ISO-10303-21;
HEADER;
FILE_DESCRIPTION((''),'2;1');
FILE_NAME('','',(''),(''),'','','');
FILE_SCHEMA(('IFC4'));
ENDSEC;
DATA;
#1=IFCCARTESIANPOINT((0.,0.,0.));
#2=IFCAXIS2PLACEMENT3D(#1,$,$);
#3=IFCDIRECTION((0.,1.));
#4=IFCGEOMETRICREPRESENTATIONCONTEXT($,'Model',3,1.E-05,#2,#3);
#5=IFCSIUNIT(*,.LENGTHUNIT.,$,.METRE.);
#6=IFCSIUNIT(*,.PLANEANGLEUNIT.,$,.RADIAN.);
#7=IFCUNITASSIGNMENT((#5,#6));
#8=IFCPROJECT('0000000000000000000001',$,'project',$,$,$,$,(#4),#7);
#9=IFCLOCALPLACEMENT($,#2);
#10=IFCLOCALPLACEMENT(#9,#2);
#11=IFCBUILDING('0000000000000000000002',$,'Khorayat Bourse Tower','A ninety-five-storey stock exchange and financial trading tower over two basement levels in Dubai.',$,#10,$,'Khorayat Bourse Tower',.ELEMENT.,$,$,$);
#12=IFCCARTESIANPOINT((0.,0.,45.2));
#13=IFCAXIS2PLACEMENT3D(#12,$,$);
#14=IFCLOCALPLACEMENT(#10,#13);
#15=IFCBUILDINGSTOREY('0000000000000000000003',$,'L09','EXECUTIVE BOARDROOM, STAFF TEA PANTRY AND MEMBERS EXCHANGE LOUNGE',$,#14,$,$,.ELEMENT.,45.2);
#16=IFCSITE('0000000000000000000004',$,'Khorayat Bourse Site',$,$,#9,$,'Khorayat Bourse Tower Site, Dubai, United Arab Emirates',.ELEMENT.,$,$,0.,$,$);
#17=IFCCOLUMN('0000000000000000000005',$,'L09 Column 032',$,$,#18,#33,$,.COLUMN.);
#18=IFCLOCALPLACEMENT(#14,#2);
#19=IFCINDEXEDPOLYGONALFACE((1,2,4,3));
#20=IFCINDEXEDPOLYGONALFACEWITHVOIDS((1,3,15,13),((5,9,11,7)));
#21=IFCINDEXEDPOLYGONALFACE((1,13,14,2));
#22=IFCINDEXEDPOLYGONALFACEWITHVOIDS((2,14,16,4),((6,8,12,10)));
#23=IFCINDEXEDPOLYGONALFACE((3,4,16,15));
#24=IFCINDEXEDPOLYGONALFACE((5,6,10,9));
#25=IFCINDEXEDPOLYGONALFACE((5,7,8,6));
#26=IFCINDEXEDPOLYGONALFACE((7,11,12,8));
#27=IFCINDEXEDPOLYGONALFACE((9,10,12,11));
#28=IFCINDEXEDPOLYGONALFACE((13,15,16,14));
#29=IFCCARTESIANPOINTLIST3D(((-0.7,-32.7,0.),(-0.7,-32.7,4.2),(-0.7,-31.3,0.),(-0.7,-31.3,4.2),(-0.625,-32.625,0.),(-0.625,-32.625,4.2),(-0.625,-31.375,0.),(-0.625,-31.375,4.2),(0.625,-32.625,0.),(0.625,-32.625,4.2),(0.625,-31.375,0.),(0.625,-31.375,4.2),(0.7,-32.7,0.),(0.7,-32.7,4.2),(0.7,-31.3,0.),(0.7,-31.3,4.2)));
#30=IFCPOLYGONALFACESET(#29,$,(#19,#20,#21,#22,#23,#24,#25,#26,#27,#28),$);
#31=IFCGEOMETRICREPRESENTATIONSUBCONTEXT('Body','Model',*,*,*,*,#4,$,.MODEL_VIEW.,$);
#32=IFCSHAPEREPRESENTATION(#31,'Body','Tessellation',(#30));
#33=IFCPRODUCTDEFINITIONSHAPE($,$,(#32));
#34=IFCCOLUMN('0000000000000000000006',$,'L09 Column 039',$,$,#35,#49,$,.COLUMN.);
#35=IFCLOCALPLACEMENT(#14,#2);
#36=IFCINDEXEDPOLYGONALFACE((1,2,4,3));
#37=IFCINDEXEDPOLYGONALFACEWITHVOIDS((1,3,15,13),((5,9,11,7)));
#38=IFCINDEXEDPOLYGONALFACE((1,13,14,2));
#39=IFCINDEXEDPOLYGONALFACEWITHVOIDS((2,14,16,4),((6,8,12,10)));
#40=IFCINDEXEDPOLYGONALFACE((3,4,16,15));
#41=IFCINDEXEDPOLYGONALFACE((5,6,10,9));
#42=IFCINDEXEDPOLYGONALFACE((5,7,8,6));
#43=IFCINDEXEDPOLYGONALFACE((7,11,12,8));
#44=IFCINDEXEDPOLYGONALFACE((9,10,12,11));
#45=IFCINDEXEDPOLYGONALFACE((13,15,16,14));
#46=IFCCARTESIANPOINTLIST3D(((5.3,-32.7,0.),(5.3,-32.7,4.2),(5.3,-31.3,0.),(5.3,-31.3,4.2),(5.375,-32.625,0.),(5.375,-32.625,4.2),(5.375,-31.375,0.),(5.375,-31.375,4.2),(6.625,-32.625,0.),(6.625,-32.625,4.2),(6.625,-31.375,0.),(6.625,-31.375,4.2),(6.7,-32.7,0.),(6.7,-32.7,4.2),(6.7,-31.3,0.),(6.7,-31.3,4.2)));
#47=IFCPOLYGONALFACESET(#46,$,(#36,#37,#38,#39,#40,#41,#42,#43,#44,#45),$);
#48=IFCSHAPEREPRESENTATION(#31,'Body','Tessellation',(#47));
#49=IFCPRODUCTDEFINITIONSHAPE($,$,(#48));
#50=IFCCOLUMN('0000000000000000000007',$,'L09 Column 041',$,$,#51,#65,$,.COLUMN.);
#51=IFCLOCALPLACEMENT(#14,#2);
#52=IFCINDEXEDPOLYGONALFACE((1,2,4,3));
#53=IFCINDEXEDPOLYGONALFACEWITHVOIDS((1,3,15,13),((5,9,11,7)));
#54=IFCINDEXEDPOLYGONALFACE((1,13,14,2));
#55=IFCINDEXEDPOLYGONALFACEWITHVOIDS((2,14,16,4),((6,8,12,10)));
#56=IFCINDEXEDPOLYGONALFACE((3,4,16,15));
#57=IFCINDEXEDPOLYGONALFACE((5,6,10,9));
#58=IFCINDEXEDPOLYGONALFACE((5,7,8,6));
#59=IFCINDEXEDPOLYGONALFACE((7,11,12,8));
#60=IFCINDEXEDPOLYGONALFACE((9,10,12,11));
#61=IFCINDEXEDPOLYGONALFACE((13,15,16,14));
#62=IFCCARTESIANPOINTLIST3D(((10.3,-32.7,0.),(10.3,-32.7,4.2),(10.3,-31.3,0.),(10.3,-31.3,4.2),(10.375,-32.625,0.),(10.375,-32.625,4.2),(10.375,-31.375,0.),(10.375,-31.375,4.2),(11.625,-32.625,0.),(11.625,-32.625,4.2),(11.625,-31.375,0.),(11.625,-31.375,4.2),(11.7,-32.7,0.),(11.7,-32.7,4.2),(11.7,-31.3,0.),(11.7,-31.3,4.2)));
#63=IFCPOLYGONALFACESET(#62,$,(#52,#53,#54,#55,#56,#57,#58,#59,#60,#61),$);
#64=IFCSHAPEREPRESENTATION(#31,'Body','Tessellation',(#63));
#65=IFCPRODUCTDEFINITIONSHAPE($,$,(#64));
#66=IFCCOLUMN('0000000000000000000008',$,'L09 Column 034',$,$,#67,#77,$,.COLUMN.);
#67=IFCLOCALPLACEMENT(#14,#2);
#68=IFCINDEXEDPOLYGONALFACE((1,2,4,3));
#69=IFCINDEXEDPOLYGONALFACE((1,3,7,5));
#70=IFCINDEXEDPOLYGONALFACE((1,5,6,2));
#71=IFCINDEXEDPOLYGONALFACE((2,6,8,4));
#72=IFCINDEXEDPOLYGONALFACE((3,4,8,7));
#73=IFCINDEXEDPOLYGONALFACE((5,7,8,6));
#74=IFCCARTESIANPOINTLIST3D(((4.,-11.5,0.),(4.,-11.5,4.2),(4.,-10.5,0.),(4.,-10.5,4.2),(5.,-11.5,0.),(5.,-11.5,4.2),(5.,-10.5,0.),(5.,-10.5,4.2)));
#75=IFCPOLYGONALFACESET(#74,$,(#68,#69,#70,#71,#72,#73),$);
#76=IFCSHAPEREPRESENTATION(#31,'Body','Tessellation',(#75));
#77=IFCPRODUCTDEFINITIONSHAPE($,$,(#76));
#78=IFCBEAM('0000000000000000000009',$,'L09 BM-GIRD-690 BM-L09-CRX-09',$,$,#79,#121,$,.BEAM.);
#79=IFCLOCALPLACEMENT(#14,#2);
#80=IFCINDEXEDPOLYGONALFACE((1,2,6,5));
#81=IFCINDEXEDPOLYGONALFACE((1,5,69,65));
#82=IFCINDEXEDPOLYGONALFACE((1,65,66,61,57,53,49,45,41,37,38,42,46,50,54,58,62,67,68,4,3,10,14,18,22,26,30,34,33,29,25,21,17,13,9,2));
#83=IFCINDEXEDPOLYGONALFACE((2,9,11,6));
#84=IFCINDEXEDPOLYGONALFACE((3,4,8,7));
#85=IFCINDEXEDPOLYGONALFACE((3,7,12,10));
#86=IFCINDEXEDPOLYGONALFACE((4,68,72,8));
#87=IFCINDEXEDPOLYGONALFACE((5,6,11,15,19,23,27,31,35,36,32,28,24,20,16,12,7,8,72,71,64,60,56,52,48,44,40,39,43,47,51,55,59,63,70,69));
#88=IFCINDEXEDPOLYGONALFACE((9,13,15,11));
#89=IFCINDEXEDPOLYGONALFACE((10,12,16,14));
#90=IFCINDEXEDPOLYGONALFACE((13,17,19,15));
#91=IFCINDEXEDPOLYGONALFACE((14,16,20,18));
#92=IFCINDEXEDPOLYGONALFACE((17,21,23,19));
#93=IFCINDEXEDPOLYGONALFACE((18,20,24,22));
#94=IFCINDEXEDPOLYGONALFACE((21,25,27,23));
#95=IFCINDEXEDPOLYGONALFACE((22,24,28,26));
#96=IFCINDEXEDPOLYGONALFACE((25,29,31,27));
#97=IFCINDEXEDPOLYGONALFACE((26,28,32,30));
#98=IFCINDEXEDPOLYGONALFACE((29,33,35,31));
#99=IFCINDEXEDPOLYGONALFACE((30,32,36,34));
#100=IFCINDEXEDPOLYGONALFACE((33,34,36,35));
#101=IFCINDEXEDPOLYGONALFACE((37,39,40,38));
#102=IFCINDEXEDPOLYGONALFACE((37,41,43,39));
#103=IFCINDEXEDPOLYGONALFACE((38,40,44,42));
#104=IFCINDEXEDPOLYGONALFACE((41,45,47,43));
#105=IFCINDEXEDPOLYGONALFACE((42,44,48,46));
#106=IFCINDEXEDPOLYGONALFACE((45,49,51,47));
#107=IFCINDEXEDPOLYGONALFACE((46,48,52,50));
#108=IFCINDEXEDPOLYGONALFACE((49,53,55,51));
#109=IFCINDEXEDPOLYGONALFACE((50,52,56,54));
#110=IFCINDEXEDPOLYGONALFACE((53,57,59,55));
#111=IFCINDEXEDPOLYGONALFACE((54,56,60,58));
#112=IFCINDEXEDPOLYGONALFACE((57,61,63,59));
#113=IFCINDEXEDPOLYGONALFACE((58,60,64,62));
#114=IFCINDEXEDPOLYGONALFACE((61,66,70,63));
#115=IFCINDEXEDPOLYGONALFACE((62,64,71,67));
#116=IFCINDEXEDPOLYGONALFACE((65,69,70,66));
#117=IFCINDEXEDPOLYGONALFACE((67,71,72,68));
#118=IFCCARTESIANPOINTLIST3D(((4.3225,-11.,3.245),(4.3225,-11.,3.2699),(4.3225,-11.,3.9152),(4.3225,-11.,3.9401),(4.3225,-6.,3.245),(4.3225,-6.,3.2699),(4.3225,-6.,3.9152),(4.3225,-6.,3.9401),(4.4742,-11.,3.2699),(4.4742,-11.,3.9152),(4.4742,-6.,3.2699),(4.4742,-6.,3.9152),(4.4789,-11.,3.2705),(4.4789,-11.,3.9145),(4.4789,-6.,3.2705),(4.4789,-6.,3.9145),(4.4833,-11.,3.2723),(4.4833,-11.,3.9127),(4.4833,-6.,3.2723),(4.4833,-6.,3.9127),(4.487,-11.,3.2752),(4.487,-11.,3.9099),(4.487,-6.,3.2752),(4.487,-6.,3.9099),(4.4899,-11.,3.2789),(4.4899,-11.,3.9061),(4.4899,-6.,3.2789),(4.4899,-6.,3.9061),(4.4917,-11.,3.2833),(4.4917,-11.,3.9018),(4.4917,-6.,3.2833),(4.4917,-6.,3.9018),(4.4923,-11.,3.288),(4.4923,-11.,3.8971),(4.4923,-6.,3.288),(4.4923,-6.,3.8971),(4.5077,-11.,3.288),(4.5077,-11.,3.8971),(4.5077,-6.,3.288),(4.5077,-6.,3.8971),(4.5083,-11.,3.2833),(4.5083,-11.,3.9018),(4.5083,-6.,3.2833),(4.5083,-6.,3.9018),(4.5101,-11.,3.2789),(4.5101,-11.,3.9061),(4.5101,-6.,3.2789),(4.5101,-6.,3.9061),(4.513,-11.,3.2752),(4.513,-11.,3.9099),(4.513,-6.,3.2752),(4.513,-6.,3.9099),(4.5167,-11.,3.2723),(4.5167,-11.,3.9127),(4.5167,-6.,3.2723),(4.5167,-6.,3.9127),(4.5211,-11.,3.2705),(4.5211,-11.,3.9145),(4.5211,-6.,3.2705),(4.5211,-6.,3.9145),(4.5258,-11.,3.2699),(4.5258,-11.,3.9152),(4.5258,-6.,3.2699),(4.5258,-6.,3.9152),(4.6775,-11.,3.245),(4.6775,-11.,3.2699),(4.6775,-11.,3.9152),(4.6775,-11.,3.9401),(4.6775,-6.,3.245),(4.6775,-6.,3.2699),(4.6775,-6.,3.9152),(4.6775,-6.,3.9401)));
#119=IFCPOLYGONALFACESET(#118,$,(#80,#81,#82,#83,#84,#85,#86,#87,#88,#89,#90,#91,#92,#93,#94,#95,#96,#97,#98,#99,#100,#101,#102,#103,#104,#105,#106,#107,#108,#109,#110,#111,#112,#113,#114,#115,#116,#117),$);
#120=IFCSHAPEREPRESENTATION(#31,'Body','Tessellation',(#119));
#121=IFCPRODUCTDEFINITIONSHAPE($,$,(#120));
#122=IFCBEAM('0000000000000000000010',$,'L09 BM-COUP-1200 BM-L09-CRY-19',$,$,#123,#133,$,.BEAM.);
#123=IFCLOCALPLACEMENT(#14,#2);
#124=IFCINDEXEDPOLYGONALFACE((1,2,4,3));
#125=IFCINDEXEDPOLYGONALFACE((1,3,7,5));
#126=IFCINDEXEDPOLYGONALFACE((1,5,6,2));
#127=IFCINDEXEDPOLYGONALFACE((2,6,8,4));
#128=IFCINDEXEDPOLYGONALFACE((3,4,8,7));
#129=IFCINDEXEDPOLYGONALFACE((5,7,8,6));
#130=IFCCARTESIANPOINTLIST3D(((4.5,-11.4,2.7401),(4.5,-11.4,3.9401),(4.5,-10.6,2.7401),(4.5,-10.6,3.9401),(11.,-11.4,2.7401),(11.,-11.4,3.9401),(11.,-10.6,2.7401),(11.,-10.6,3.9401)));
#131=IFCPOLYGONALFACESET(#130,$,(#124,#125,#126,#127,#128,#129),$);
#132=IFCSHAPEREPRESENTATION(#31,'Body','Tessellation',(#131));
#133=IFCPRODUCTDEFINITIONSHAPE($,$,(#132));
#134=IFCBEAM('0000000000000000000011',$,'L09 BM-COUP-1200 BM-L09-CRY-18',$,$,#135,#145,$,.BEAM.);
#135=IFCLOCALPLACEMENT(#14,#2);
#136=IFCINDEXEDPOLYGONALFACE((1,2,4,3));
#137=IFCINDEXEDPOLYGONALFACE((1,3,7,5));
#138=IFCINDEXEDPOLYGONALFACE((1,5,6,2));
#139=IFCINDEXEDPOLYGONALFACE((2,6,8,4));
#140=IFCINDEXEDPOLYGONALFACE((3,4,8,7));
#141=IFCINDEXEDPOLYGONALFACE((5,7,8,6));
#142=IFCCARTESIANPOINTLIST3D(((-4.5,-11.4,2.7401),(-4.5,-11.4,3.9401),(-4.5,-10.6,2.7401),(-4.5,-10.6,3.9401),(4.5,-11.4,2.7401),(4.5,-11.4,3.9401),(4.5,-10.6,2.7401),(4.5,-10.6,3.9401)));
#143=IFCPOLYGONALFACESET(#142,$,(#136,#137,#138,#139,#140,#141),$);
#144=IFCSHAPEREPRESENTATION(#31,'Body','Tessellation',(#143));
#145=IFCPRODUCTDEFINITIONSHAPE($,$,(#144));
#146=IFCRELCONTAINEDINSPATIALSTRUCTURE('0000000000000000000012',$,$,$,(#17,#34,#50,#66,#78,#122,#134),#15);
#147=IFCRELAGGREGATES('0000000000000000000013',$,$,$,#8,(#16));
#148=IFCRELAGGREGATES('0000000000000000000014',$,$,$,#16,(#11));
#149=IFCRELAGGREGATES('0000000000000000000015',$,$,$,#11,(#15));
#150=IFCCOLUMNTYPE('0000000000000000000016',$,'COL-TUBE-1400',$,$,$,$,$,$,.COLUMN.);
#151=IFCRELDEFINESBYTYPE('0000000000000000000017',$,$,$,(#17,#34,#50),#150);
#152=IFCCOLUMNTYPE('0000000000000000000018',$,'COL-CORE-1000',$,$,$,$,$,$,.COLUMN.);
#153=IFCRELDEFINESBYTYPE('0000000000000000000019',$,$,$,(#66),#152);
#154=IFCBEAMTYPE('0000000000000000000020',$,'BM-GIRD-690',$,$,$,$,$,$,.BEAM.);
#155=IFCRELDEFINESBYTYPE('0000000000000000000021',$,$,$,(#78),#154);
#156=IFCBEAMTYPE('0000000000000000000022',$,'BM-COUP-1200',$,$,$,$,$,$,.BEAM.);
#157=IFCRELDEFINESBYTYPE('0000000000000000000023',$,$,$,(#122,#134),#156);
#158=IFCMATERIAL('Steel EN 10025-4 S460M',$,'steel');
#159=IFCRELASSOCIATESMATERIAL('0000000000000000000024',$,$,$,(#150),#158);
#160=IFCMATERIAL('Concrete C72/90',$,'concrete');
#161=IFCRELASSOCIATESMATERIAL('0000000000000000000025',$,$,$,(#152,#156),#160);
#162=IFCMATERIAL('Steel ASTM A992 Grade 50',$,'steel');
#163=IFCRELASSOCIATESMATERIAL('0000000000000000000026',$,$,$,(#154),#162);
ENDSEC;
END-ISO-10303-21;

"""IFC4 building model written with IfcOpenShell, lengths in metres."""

from ifc_helpers import new_model, si_unit, direction, frame, origin, origin_2d, place, context, subcontext, project, spatial, rectangle, hollow_rectangle, i_section, extrude, source, transform, mapped, material, material_profile, profile_set, type_object, element, save


model = new_model("IFC4")

# Units and contexts
model_context = context("Model", 3, precision=1e-05, world=origin(), true_north=direction((0.0, 1.0)))
body_context = subcontext(model_context, "Body", "Model", "MODEL_VIEW")
ifc_project = project(units=[si_unit("LENGTHUNIT", "METRE"), si_unit("PLANEANGLEUNIT", "RADIAN")], contexts=[model_context])

# Site, building, storey
site_placement = place(None, origin())
site = spatial("IfcSite", under=ifc_project, at=site_placement, Name="Khorayat Bourse Site", LongName="Khorayat Bourse Tower Site, Dubai, United Arab Emirates", CompositionType="ELEMENT", RefElevation=0.0)
building_placement = place(site_placement, origin())
building = spatial("IfcBuilding", under=site, at=building_placement, Name="Khorayat Bourse Tower", Description="A ninety-five-storey stock exchange and financial trading tower over two basement levels in Dubai.", LongName="Khorayat Bourse Tower", CompositionType="ELEMENT")
storey_placement = place(building_placement, frame((0.0, 0.0, 45.2)))
storey = spatial("IfcBuildingStorey", under=building, at=storey_placement, Name="L09", Description="EXECUTIVE BOARDROOM, STAFF TEA PANTRY AND MEMBERS EXCHANGE LOUNGE", CompositionType="ELEMENT", Elevation=45.2)

# Columns
ifc_material_1 = material(Name="Steel EN 10025-4 S460M", Category="steel")
ifc_material_profile_1 = material_profile(ifc_material_1, hollow_rectangle(XDim=1.3999, YDim=1.3999, WallThickness=0.075, at=origin_2d()), Name="BOX 1400x1400x75")
ifc_profile_set_1 = profile_set([ifc_material_profile_1], Name="Steel EN 10025-4 S460M")
column_type_1 = type_object("IfcColumnType", Name="COL-TUBE-1400", PredefinedType="COLUMN", material=ifc_profile_set_1)
shared_shape_1 = source(origin(), body_context, "Body", "SweptSolid", [
    extrude(hollow_rectangle(XDim=1.3999, YDim=1.3999, WallThickness=0.075, at=origin_2d()), origin(), (0.0, 0.0, 1.0), 4.2),
])
for number, where, z_axis, x_axis, name in (
    (1, (0.0, -32.0, 0.0), (0.0, 0.0, 1.0), (1.0, 0.0, 0.0), "L09 Column 032"),
    (2, (6.0, -32.0, 0.0), (0.0, 0.0, 1.0), (1.0, 0.0, 0.0), "L09 Column 039"),
    (3, (11.0, -32.0, 0.0), (0.0, 0.0, 1.0), (1.0, 0.0, 0.0), "L09 Column 041"),
):
    element("IfcColumn", number, at=place(storey_placement, frame(where, z_axis=z_axis, x_axis=x_axis)), inside=storey, type_object=column_type_1, Name=name, PredefinedType="COLUMN", context=body_context, shape_type="MappedRepresentation", body=[
        mapped(shared_shape_1, transform((0.0, 0.0, 0.0), scale=1.0)),
    ])
ifc_material_2 = material(Name="Concrete C72/90", Category="concrete")
ifc_material_profile_2 = material_profile(ifc_material_2, rectangle(XDim=1.0, YDim=1.0, at=origin_2d()), Name="RC 1000x1000")
ifc_profile_set_2 = profile_set([ifc_material_profile_2], Name="Concrete C72/90")
column_type_2 = type_object("IfcColumnType", Name="COL-CORE-1000", PredefinedType="COLUMN", material=ifc_profile_set_2)
shared_shape_2 = source(origin(), body_context, "Body", "SweptSolid", [
    extrude(rectangle(XDim=1.0, YDim=1.0, at=origin_2d()), origin(), (0.0, 0.0, 1.0), 4.2),
])
column_placement = place(storey_placement, frame((4.5, -11.0, 0.0), z_axis=(0.0, 0.0, 1.0), x_axis=(1.0, 0.0, 0.0)))
element("IfcColumn", 4, at=column_placement, inside=storey, type_object=column_type_2, Name="L09 Column 034", PredefinedType="COLUMN", context=body_context, shape_type="MappedRepresentation", body=[
    mapped(shared_shape_2, transform((0.0, 0.0, 0.0), scale=1.0)),
])

# Beams
ifc_material_3 = material(Name="Steel ASTM A992 Grade 50", Category="steel")
ifc_material_profile_3 = material_profile(ifc_material_3, i_section(OverallWidth=0.355, OverallDepth=0.6951, WebThickness=0.0154, FlangeThickness=0.0249, FilletRadius=0.0181, at=origin_2d()), Name="W690X217")
ifc_profile_set_3 = profile_set([ifc_material_profile_3], Name="Steel ASTM A992 Grade 50")
beam_type_1 = type_object("IfcBeamType", Name="BM-GIRD-690", PredefinedType="BEAM", material=ifc_profile_set_3)
shared_shape_3 = source(origin(), body_context, "Body", "SweptSolid", [
    extrude(i_section(OverallWidth=0.355, OverallDepth=0.6951, WebThickness=0.0154, FlangeThickness=0.0249, FilletRadius=0.0181, at=origin_2d()), origin(), (0.0, 0.0, 1.0), 5.0),
])
beam_1_placement = place(storey_placement, frame((4.5, -11.0, 3.5925), z_axis=(0.0, 1.0, 0.0), x_axis=(-1.0, 0.0, 0.0)))
element("IfcBeam", 5, at=beam_1_placement, inside=storey, type_object=beam_type_1, Name="L09 BM-GIRD-690 BM-L09-CRX-09", PredefinedType="BEAM", context=body_context, shape_type="MappedRepresentation", body=[
    mapped(shared_shape_3, transform((0.0, 0.0, 0.0), scale=1.0)),
])
ifc_material_profile_4 = material_profile(ifc_material_2, rectangle(XDim=0.8, YDim=1.2, at=origin_2d()), Name="RC 800x1200")
ifc_profile_set_4 = profile_set([ifc_material_profile_4], Name="Concrete C72/90")
beam_type_2 = type_object("IfcBeamType", Name="BM-COUP-1200", PredefinedType="BEAM", material=ifc_profile_set_4)
shared_shape_4 = source(origin(), body_context, "Body", "SweptSolid", [
    extrude(rectangle(XDim=0.8, YDim=1.2, at=origin_2d()), origin(), (0.0, 0.0, 1.0), 6.5),
])
beam_2_placement = place(storey_placement, frame((4.5, -11.0, 3.3401), z_axis=(1.0, 0.0, 0.0), x_axis=(0.0, 1.0, 0.0)))
element("IfcBeam", 6, at=beam_2_placement, inside=storey, type_object=beam_type_2, Name="L09 BM-COUP-1200 BM-L09-CRY-19", PredefinedType="BEAM", context=body_context, shape_type="MappedRepresentation", body=[
    mapped(shared_shape_4, transform((0.0, 0.0, 0.0), scale=1.0)),
])
shared_shape_5 = source(origin(), body_context, "Body", "SweptSolid", [
    extrude(rectangle(XDim=0.8, YDim=1.2, at=origin_2d()), origin(), (0.0, 0.0, 1.0), 9.0),
])
beam_3_placement = place(storey_placement, frame((-4.5, -11.0, 3.3401), z_axis=(1.0, 0.0, 0.0), x_axis=(0.0, 1.0, 0.0)))
element("IfcBeam", 7, at=beam_3_placement, inside=storey, type_object=beam_type_2, Name="L09 BM-COUP-1200 BM-L09-CRY-18", PredefinedType="BEAM", context=body_context, shape_type="MappedRepresentation", body=[
    mapped(shared_shape_5, transform((0.0, 0.0, 0.0), scale=1.0)),
])

save(model, "model.ifc")
